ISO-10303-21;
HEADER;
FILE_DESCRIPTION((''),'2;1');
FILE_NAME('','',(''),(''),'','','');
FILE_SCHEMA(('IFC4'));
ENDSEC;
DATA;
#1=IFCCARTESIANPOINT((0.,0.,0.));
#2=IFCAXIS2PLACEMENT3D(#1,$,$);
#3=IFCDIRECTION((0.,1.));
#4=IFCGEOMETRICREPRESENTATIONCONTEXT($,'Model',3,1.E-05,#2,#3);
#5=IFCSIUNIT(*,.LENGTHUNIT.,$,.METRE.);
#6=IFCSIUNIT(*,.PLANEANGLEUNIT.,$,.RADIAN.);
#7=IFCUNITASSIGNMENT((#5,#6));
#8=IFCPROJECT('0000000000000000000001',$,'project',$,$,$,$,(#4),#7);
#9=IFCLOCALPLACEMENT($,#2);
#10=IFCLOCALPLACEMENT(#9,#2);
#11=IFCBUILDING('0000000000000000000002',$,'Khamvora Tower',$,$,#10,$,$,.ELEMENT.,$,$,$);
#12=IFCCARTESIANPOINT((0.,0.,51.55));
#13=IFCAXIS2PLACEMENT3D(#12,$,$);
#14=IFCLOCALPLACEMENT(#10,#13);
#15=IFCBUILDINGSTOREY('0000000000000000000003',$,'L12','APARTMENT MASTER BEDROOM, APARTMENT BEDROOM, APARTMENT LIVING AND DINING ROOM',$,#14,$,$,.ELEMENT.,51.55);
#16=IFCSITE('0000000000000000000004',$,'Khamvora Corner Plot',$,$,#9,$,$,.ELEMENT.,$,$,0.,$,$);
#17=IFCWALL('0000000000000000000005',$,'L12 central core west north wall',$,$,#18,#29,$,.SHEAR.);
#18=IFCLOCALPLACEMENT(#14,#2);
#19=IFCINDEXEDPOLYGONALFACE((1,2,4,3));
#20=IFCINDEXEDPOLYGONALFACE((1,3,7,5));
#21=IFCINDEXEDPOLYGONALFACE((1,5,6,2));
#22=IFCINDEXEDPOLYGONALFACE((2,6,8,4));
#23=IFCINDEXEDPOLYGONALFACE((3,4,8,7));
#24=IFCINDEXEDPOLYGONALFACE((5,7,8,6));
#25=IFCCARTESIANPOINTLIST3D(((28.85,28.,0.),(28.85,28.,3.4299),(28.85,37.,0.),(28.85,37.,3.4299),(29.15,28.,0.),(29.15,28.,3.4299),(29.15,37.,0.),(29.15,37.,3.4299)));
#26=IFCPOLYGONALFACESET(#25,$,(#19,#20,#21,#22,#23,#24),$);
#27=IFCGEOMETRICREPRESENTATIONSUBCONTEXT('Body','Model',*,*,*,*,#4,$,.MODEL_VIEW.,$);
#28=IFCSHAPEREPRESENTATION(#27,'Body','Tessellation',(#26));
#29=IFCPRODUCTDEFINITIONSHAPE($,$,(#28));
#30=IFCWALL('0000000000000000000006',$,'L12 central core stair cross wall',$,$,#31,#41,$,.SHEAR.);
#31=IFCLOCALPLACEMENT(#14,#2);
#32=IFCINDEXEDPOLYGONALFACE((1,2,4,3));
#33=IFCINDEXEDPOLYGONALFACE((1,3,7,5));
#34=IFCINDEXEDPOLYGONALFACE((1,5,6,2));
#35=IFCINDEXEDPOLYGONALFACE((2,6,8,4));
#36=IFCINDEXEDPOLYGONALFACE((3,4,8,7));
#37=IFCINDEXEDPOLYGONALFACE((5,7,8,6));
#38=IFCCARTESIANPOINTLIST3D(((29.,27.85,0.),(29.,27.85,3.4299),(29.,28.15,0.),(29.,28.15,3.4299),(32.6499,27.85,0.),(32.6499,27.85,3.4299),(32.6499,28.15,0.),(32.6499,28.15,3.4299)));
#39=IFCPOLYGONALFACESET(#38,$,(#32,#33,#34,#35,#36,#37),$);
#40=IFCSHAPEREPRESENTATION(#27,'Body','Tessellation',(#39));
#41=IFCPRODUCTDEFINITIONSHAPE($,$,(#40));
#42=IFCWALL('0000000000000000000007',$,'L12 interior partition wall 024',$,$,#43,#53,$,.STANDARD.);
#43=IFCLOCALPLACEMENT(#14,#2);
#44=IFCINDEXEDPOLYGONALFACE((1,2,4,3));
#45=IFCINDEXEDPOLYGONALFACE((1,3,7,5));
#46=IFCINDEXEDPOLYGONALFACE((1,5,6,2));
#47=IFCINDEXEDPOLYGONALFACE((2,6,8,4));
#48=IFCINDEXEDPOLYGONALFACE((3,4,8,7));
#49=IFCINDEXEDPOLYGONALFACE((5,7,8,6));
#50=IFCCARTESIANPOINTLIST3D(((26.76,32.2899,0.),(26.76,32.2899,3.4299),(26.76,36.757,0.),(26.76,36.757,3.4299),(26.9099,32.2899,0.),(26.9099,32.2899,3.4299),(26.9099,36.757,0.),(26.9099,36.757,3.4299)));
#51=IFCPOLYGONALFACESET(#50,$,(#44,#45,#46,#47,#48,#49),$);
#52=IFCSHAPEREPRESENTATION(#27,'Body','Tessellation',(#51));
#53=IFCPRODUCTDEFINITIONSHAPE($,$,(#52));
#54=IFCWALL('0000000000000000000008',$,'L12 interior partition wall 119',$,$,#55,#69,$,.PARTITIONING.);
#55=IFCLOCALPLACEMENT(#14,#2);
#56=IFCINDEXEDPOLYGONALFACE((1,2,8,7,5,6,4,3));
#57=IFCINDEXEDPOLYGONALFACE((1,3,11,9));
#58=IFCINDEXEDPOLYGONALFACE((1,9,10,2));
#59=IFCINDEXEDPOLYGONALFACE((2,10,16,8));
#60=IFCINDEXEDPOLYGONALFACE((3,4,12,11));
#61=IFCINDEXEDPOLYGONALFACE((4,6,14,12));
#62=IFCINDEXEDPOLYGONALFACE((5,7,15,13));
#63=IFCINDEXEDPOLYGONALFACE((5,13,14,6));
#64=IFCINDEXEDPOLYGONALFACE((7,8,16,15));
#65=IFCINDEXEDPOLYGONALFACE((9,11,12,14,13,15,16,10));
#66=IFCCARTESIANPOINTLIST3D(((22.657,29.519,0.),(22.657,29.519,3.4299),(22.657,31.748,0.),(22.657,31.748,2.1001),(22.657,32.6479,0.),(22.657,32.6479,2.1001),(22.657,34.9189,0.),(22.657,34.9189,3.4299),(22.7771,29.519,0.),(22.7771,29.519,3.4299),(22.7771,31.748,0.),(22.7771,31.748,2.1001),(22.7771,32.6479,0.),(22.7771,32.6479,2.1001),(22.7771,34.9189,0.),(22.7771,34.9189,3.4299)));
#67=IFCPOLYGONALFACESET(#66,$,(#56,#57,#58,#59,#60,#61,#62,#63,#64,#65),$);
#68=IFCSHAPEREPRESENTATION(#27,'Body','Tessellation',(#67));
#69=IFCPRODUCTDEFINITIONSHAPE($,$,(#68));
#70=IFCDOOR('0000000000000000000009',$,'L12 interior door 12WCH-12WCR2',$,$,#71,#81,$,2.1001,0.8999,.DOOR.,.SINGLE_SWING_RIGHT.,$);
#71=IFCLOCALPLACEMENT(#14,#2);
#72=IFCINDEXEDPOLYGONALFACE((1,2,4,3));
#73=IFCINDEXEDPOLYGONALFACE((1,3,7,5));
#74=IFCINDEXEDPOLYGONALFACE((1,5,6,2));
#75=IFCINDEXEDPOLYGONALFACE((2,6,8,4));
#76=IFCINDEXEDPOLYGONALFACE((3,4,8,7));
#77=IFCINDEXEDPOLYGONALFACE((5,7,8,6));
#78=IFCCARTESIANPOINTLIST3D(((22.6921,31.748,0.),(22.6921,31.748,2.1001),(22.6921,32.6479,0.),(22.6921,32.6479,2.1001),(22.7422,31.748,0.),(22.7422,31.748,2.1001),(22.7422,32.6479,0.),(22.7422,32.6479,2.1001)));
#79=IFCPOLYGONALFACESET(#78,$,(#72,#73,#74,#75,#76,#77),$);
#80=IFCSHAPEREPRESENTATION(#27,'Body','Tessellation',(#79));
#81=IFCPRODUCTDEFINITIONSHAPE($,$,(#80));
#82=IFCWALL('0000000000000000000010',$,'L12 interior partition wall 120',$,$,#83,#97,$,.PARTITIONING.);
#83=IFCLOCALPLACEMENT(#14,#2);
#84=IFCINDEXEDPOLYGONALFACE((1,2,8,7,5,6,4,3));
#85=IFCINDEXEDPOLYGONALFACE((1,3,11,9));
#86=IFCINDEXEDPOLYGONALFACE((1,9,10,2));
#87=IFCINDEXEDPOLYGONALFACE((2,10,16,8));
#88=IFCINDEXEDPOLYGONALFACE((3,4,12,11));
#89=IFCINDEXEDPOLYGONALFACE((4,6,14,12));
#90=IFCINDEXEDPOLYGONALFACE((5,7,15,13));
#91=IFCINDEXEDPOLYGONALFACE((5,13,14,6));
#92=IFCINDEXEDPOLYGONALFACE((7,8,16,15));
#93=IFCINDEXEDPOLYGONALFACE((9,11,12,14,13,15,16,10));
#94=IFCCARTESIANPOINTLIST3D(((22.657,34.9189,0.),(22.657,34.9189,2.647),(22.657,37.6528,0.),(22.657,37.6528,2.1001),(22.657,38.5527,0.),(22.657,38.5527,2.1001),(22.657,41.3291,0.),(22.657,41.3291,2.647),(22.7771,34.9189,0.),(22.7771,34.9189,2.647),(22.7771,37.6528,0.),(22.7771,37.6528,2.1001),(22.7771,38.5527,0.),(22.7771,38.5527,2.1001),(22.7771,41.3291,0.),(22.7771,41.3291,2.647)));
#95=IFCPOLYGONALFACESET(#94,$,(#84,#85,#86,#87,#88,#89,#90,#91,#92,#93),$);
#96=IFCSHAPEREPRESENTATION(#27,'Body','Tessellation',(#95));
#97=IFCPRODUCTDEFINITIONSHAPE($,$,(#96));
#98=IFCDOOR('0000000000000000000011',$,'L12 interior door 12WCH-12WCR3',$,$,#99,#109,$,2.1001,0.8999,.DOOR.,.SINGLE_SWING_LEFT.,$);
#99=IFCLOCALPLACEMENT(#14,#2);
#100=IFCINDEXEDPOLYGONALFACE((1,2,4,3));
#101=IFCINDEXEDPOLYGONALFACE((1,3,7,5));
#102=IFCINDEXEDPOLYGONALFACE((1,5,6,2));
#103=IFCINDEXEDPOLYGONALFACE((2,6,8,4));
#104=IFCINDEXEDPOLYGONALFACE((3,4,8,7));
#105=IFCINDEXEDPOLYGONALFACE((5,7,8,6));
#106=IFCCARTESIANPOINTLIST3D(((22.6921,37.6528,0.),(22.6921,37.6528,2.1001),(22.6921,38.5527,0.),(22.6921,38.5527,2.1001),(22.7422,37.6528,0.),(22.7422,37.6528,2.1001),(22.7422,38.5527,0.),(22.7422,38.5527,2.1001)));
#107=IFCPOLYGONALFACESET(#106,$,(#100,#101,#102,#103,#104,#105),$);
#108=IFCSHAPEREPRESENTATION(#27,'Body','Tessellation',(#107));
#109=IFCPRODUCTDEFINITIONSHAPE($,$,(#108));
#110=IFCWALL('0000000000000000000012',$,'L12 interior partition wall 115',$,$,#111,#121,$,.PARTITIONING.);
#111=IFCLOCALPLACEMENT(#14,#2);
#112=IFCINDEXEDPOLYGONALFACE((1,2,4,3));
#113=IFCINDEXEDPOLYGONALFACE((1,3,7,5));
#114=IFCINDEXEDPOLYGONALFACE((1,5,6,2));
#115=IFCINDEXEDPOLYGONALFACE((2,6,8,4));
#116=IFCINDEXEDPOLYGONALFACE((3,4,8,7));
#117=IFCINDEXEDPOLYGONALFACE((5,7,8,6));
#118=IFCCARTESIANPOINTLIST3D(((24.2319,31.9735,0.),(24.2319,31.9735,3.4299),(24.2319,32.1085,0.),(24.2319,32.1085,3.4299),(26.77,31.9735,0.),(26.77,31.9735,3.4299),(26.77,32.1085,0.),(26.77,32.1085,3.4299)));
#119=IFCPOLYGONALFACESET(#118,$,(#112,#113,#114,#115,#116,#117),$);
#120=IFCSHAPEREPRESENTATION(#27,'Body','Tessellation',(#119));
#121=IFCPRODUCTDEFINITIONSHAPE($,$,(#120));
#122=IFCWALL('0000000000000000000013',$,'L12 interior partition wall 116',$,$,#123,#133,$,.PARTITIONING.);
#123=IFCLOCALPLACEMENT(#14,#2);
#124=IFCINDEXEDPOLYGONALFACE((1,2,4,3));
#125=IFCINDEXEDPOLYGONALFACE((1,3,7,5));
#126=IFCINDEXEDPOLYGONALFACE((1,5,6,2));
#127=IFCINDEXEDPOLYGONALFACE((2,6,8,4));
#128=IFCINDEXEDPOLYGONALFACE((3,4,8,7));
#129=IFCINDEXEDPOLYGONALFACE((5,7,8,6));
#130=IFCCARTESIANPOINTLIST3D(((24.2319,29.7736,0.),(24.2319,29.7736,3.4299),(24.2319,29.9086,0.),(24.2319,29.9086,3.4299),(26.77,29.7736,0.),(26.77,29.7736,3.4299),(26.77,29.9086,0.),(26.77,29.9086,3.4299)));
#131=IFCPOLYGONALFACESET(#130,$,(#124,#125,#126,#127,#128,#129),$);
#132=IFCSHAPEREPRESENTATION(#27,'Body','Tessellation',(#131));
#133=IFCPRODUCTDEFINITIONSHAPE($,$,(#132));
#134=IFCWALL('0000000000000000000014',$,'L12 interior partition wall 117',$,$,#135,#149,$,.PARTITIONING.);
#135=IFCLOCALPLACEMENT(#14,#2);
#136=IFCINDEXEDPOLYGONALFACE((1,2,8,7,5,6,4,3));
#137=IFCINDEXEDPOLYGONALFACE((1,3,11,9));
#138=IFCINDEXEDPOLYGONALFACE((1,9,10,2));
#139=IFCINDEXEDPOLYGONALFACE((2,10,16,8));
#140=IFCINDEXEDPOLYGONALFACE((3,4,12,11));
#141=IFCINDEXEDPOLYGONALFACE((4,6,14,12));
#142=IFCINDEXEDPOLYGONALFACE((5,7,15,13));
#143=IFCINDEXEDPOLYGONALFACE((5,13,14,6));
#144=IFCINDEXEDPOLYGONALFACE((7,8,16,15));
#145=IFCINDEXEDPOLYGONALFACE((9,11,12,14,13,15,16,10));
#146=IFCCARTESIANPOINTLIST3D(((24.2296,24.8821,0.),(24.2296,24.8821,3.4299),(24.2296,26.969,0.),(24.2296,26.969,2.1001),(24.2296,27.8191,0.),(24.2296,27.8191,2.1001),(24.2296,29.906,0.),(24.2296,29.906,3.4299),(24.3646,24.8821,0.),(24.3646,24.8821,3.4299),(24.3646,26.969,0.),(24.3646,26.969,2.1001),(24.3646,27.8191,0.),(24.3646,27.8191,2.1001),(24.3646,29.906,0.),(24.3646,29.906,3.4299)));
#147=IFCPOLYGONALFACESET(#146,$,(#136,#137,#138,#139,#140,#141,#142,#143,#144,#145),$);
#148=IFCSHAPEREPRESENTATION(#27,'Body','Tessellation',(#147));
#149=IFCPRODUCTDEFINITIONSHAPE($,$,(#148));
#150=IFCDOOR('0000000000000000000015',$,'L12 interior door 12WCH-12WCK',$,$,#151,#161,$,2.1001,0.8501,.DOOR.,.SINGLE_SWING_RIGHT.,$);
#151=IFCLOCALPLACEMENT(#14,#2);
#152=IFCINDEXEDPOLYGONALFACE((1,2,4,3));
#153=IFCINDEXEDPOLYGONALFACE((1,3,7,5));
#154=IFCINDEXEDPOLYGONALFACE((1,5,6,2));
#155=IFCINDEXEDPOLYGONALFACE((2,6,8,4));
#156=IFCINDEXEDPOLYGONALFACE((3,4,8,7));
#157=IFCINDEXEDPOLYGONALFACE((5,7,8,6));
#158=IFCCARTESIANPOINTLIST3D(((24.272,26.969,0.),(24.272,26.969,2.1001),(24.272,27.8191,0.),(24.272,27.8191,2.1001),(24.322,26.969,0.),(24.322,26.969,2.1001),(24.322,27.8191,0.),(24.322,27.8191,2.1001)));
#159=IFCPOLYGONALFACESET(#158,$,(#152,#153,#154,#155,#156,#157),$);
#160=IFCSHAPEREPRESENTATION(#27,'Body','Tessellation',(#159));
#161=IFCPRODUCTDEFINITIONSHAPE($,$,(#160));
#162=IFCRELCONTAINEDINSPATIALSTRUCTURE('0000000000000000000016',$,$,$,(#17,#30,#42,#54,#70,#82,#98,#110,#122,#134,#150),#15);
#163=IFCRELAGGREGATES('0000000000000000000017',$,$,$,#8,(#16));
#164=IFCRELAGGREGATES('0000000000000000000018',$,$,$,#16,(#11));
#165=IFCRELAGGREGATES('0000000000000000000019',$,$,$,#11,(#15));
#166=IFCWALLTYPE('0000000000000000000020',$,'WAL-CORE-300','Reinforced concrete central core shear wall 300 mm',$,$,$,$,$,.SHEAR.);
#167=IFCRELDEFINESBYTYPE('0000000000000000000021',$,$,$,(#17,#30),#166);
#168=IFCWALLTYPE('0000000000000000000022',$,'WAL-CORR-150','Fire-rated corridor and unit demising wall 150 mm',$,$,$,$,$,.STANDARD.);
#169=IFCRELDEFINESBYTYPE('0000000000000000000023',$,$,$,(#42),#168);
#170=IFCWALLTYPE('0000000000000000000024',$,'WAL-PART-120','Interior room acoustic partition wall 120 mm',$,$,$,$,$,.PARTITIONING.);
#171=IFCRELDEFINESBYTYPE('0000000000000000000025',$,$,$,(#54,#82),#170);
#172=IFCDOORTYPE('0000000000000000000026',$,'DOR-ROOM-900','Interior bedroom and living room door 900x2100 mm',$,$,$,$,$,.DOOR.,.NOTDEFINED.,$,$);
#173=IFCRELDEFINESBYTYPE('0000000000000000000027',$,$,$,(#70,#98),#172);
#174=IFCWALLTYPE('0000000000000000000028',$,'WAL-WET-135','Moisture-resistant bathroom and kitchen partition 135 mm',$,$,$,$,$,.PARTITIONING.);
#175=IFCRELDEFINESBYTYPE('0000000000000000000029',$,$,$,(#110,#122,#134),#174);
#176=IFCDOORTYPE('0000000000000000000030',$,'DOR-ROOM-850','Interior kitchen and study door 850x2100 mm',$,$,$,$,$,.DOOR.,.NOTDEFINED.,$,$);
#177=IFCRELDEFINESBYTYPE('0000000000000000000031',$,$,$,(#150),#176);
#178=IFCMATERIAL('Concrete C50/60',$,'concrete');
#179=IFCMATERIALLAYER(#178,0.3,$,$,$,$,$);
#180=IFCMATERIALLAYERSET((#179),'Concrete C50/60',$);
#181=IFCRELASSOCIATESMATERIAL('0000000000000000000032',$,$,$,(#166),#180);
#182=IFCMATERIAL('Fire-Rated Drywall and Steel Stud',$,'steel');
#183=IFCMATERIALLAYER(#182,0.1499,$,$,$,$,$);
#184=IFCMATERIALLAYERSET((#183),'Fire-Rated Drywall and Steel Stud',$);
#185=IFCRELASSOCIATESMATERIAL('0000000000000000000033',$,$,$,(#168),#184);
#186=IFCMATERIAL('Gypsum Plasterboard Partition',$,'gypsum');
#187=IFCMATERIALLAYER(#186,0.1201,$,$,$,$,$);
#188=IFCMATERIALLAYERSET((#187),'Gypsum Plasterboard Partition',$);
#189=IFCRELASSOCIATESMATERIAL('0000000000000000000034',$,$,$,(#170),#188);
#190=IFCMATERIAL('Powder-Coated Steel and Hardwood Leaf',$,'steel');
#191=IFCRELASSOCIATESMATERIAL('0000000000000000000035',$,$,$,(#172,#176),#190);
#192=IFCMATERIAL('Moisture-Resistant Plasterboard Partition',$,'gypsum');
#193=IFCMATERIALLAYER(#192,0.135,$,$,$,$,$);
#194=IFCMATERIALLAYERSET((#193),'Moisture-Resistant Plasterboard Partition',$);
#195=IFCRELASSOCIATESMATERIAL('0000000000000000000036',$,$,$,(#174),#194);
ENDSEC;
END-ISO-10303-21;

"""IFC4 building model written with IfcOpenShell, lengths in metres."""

from ifc_helpers import new_model, si_unit, direction, frame, frame_2d, origin, place, context, subcontext, project, spatial, rectangle, extrude, material, layer, layer_set, type_object, element, fill, save


model = new_model("IFC4")

# Units and contexts
model_context = context("Model", 3, precision=1e-05, world=origin(), true_north=direction((0.0, 1.0)))
body_context = subcontext(model_context, "Body", "Model", "MODEL_VIEW")
ifc_project = project(units=[si_unit("LENGTHUNIT", "METRE"), si_unit("PLANEANGLEUNIT", "RADIAN")], contexts=[model_context])

# Site, building, storey
site_placement = place(None, origin())
site = spatial("IfcSite", under=ifc_project, at=site_placement, Name="Khamvora Corner Plot", CompositionType="ELEMENT", RefElevation=0.0)
building_placement = place(site_placement, origin())
building = spatial("IfcBuilding", under=site, at=building_placement, Name="Khamvora Tower", CompositionType="ELEMENT")
storey_placement = place(building_placement, frame((0.0, 0.0, 51.55)))
storey = spatial("IfcBuildingStorey", under=building, at=storey_placement, Name="L12", Description="APARTMENT MASTER BEDROOM, APARTMENT BEDROOM, APARTMENT LIVING AND DINING ROOM", CompositionType="ELEMENT", Elevation=51.55)

# Walls
ifc_material_1 = material(Name="Concrete C50/60", Category="concrete")
ifc_layer_1 = layer(ifc_material_1, 0.3)
ifc_layer_set_1 = layer_set([ifc_layer_1], Name="Concrete C50/60")
wall_type_1 = type_object("IfcWallType", Name="WAL-CORE-300", Description="Reinforced concrete central core shear wall 300 mm", PredefinedType="SHEAR", material=ifc_layer_set_1)
wall_1_placement = place(storey_placement, frame((29.0, 28.0, 0.0), z_axis=(0.0, 0.0, 1.0), x_axis=(0.0, 1.0, 0.0)))
element("IfcWall", 1, at=wall_1_placement, inside=storey, type_object=wall_type_1, Name="L12 central core west north wall", PredefinedType="SHEAR", context=body_context, shape_type="SweptSolid", body=[
    extrude(rectangle(XDim=9.0, YDim=0.3, at=frame_2d((4.5, 0.0))), origin(), (0.0, 0.0, 1.0), 3.4299),
])
wall_2_placement = place(storey_placement, frame((29.0, 28.0, 0.0), z_axis=(0.0, 0.0, 1.0), x_axis=(1.0, 0.0, 0.0)))
element("IfcWall", 2, at=wall_2_placement, inside=storey, type_object=wall_type_1, Name="L12 central core stair cross wall", PredefinedType="SHEAR", context=body_context, shape_type="SweptSolid", body=[
    extrude(rectangle(XDim=3.6499, YDim=0.3, at=frame_2d((1.825, 0.0))), origin(), (0.0, 0.0, 1.0), 3.4299),
])

# Shared definitions
ifc_material_2 = material(Name="Fire-Rated Drywall and Steel Stud", Category="steel")
ifc_layer_2 = layer(ifc_material_2, 0.1499)
ifc_layer_set_2 = layer_set([ifc_layer_2], Name="Fire-Rated Drywall and Steel Stud")
wall_type_2 = type_object("IfcWallType", Name="WAL-CORR-150", Description="Fire-rated corridor and unit demising wall 150 mm", PredefinedType="STANDARD", material=ifc_layer_set_2)
ifc_material_3 = material(Name="Powder-Coated Steel and Hardwood Leaf", Category="steel")

# Wall
wall_3_placement = place(storey_placement, frame((26.835, 32.29, 0.0), z_axis=(0.0, 0.0, 1.0), x_axis=(0.0, 1.0, 0.0)))
element("IfcWall", 3, at=wall_3_placement, inside=storey, type_object=wall_type_2, Name="L12 interior partition wall 024", PredefinedType="STANDARD", context=body_context, shape_type="SweptSolid", body=[
    extrude(rectangle(XDim=4.467, YDim=0.1499, at=frame_2d((2.2334, 0.0))), origin(), (0.0, 0.0, 1.0), 3.4299),
])

# Walls, openings, doors
ifc_material_4 = material(Name="Gypsum Plasterboard Partition", Category="gypsum")
ifc_layer_3 = layer(ifc_material_4, 0.1201)
ifc_layer_set_3 = layer_set([ifc_layer_3], Name="Gypsum Plasterboard Partition")
wall_type_3 = type_object("IfcWallType", Name="WAL-PART-120", Description="Interior room acoustic partition wall 120 mm", PredefinedType="PARTITIONING", material=ifc_layer_set_3)
wall_4_placement = place(storey_placement, frame((22.717, 29.519, 0.0), z_axis=(0.0, 0.0, 1.0), x_axis=(0.0, 1.0, 0.0)))
wall_4 = element("IfcWall", 4, at=wall_4_placement, inside=storey, type_object=wall_type_3, Name="L12 interior partition wall 119", PredefinedType="PARTITIONING", context=body_context, shape_type="SweptSolid", body=[
    extrude(rectangle(XDim=5.3999, YDim=0.1201, at=frame_2d((2.7, 0.0))), origin(), (0.0, 0.0, 1.0), 3.4299),
])
opening_1_placement = place(wall_4_placement, frame((2.229, 0.0, 0.0)))
opening_1 = element("IfcOpeningElement", 5, at=opening_1_placement, cuts=wall_4, PredefinedType="OPENING", context=body_context, shape_type="SweptSolid", body=[
    extrude(rectangle(XDim=0.8999, YDim=2.1001, at=frame_2d((0.45, 1.05))), frame((0.0, 0.0701, 0.0), z_axis=(0.0, -1.0, 0.0), x_axis=(1.0, 0.0, 0.0)), (0.0, 0.0, 1.0), 0.1401),
])
door_type_1 = type_object("IfcDoorType", Name="DOR-ROOM-900", Description="Interior bedroom and living room door 900x2100 mm", OperationType="NOTDEFINED", PredefinedType="DOOR", material=ifc_material_3)
door_1_placement = place(opening_1_placement, origin())
door_1 = element("IfcDoor", 6, at=door_1_placement, inside=storey, type_object=door_type_1, Name="L12 interior door 12WCH-12WCR2", OperationType="SINGLE_SWING_RIGHT", OverallHeight=2.1001, OverallWidth=0.8999, PredefinedType="DOOR", context=body_context, shape_type="SweptSolid", body=[
    extrude(rectangle(XDim=0.8999, YDim=2.1001, at=frame_2d((0.45, 1.05))), frame((0.0, 0.0249, 0.0), z_axis=(0.0, -1.0, 0.0), x_axis=(1.0, 0.0, 0.0)), (0.0, 0.0, 1.0), 0.05),
])
fill(opening_1, door_1)
wall_5_placement = place(storey_placement, frame((22.717, 34.9189, 0.0), z_axis=(0.0, 0.0, 1.0), x_axis=(0.0, 1.0, 0.0)))
wall_5 = element("IfcWall", 7, at=wall_5_placement, inside=storey, type_object=wall_type_3, Name="L12 interior partition wall 120", PredefinedType="PARTITIONING", context=body_context, shape_type="SweptSolid", body=[
    extrude(rectangle(XDim=6.4102, YDim=0.1201, at=frame_2d((3.2051, 0.0))), origin(), (0.0, 0.0, 1.0), 2.647),
])
opening_2_placement = place(wall_5_placement, frame((2.7339, 0.0, 0.0)))
opening_2 = element("IfcOpeningElement", 8, at=opening_2_placement, cuts=wall_5, PredefinedType="OPENING", context=body_context, shape_type="SweptSolid", body=[
    extrude(rectangle(XDim=0.8999, YDim=2.1001, at=frame_2d((0.45, 1.05))), frame((0.0, 0.0701, 0.0), z_axis=(0.0, -1.0, 0.0), x_axis=(1.0, 0.0, 0.0)), (0.0, 0.0, 1.0), 0.1401),
])
door_2_placement = place(opening_2_placement, origin())
door_2 = element("IfcDoor", 9, at=door_2_placement, inside=storey, type_object=door_type_1, Name="L12 interior door 12WCH-12WCR3", OperationType="SINGLE_SWING_LEFT", OverallHeight=2.1001, OverallWidth=0.8999, PredefinedType="DOOR", context=body_context, shape_type="SweptSolid", body=[
    extrude(rectangle(XDim=0.8999, YDim=2.1001, at=frame_2d((0.45, 1.05))), frame((0.0, 0.0249, 0.0), z_axis=(0.0, -1.0, 0.0), x_axis=(1.0, 0.0, 0.0)), (0.0, 0.0, 1.0), 0.05),
])
fill(opening_2, door_2)

# Walls
ifc_material_5 = material(Name="Moisture-Resistant Plasterboard Partition", Category="gypsum")
ifc_layer_4 = layer(ifc_material_5, 0.135)
ifc_layer_set_4 = layer_set([ifc_layer_4], Name="Moisture-Resistant Plasterboard Partition")
wall_type_4 = type_object("IfcWallType", Name="WAL-WET-135", Description="Moisture-resistant bathroom and kitchen partition 135 mm", PredefinedType="PARTITIONING", material=ifc_layer_set_4)
for number, where, z_axis, x_axis, name in (
    (10, (24.2319, 32.041, 0.0), (0.0, 0.0, 1.0), (1.0, 0.0, 0.0), "L12 interior partition wall 115"),
    (11, (26.77, 29.8411, 0.0), (0.0, 0.0, 1.0), (-1.0, 0.0, 0.0), "L12 interior partition wall 116"),
):
    element("IfcWall", number, at=place(storey_placement, frame(where, z_axis=z_axis, x_axis=x_axis)), inside=storey, type_object=wall_type_4, Name=name, PredefinedType="PARTITIONING", context=body_context, shape_type="SweptSolid", body=[
        extrude(rectangle(XDim=2.5381, YDim=0.135, at=frame_2d((1.269, 0.0))), origin(), (0.0, 0.0, 1.0), 3.4299),
    ])

# Wall, opening, door
wall_6_placement = place(storey_placement, frame((24.2971, 29.906, 0.0), z_axis=(0.0, 0.0, 1.0), x_axis=(0.0, -1.0, 0.0)))
wall_6 = element("IfcWall", 12, at=wall_6_placement, inside=storey, type_object=wall_type_4, Name="L12 interior partition wall 117", PredefinedType="PARTITIONING", context=body_context, shape_type="SweptSolid", body=[
    extrude(rectangle(XDim=5.0239, YDim=0.135, at=frame_2d((2.512, 0.0))), origin(), (0.0, 0.0, 1.0), 3.4299),
])
opening_3_placement = place(wall_6_placement, frame((2.0869, 0.0, 0.0)))
opening_3 = element("IfcOpeningElement", 13, at=opening_3_placement, cuts=wall_6, PredefinedType="OPENING", context=body_context, shape_type="SweptSolid", body=[
    extrude(rectangle(XDim=0.8501, YDim=2.1001, at=frame_2d((0.425, 1.05))), frame((0.0, 0.0774, 0.0), z_axis=(0.0, -1.0, 0.0), x_axis=(1.0, 0.0, 0.0)), (0.0, 0.0, 1.0), 0.155),
])
door_type_2 = type_object("IfcDoorType", Name="DOR-ROOM-850", Description="Interior kitchen and study door 850x2100 mm", OperationType="NOTDEFINED", PredefinedType="DOOR", material=ifc_material_3)
door_3_placement = place(opening_3_placement, origin())
door_3 = element("IfcDoor", 14, at=door_3_placement, inside=storey, type_object=door_type_2, Name="L12 interior door 12WCH-12WCK", OperationType="SINGLE_SWING_RIGHT", OverallHeight=2.1001, OverallWidth=0.8501, PredefinedType="DOOR", context=body_context, shape_type="SweptSolid", body=[
    extrude(rectangle(XDim=0.8501, YDim=2.1001, at=frame_2d((0.425, 1.05))), frame((0.0, 0.0249, 0.0), z_axis=(0.0, -1.0, 0.0), x_axis=(1.0, 0.0, 0.0)), (0.0, 0.0, 1.0), 0.05),
])
fill(opening_3, door_3)

save(model, "model.ifc")
